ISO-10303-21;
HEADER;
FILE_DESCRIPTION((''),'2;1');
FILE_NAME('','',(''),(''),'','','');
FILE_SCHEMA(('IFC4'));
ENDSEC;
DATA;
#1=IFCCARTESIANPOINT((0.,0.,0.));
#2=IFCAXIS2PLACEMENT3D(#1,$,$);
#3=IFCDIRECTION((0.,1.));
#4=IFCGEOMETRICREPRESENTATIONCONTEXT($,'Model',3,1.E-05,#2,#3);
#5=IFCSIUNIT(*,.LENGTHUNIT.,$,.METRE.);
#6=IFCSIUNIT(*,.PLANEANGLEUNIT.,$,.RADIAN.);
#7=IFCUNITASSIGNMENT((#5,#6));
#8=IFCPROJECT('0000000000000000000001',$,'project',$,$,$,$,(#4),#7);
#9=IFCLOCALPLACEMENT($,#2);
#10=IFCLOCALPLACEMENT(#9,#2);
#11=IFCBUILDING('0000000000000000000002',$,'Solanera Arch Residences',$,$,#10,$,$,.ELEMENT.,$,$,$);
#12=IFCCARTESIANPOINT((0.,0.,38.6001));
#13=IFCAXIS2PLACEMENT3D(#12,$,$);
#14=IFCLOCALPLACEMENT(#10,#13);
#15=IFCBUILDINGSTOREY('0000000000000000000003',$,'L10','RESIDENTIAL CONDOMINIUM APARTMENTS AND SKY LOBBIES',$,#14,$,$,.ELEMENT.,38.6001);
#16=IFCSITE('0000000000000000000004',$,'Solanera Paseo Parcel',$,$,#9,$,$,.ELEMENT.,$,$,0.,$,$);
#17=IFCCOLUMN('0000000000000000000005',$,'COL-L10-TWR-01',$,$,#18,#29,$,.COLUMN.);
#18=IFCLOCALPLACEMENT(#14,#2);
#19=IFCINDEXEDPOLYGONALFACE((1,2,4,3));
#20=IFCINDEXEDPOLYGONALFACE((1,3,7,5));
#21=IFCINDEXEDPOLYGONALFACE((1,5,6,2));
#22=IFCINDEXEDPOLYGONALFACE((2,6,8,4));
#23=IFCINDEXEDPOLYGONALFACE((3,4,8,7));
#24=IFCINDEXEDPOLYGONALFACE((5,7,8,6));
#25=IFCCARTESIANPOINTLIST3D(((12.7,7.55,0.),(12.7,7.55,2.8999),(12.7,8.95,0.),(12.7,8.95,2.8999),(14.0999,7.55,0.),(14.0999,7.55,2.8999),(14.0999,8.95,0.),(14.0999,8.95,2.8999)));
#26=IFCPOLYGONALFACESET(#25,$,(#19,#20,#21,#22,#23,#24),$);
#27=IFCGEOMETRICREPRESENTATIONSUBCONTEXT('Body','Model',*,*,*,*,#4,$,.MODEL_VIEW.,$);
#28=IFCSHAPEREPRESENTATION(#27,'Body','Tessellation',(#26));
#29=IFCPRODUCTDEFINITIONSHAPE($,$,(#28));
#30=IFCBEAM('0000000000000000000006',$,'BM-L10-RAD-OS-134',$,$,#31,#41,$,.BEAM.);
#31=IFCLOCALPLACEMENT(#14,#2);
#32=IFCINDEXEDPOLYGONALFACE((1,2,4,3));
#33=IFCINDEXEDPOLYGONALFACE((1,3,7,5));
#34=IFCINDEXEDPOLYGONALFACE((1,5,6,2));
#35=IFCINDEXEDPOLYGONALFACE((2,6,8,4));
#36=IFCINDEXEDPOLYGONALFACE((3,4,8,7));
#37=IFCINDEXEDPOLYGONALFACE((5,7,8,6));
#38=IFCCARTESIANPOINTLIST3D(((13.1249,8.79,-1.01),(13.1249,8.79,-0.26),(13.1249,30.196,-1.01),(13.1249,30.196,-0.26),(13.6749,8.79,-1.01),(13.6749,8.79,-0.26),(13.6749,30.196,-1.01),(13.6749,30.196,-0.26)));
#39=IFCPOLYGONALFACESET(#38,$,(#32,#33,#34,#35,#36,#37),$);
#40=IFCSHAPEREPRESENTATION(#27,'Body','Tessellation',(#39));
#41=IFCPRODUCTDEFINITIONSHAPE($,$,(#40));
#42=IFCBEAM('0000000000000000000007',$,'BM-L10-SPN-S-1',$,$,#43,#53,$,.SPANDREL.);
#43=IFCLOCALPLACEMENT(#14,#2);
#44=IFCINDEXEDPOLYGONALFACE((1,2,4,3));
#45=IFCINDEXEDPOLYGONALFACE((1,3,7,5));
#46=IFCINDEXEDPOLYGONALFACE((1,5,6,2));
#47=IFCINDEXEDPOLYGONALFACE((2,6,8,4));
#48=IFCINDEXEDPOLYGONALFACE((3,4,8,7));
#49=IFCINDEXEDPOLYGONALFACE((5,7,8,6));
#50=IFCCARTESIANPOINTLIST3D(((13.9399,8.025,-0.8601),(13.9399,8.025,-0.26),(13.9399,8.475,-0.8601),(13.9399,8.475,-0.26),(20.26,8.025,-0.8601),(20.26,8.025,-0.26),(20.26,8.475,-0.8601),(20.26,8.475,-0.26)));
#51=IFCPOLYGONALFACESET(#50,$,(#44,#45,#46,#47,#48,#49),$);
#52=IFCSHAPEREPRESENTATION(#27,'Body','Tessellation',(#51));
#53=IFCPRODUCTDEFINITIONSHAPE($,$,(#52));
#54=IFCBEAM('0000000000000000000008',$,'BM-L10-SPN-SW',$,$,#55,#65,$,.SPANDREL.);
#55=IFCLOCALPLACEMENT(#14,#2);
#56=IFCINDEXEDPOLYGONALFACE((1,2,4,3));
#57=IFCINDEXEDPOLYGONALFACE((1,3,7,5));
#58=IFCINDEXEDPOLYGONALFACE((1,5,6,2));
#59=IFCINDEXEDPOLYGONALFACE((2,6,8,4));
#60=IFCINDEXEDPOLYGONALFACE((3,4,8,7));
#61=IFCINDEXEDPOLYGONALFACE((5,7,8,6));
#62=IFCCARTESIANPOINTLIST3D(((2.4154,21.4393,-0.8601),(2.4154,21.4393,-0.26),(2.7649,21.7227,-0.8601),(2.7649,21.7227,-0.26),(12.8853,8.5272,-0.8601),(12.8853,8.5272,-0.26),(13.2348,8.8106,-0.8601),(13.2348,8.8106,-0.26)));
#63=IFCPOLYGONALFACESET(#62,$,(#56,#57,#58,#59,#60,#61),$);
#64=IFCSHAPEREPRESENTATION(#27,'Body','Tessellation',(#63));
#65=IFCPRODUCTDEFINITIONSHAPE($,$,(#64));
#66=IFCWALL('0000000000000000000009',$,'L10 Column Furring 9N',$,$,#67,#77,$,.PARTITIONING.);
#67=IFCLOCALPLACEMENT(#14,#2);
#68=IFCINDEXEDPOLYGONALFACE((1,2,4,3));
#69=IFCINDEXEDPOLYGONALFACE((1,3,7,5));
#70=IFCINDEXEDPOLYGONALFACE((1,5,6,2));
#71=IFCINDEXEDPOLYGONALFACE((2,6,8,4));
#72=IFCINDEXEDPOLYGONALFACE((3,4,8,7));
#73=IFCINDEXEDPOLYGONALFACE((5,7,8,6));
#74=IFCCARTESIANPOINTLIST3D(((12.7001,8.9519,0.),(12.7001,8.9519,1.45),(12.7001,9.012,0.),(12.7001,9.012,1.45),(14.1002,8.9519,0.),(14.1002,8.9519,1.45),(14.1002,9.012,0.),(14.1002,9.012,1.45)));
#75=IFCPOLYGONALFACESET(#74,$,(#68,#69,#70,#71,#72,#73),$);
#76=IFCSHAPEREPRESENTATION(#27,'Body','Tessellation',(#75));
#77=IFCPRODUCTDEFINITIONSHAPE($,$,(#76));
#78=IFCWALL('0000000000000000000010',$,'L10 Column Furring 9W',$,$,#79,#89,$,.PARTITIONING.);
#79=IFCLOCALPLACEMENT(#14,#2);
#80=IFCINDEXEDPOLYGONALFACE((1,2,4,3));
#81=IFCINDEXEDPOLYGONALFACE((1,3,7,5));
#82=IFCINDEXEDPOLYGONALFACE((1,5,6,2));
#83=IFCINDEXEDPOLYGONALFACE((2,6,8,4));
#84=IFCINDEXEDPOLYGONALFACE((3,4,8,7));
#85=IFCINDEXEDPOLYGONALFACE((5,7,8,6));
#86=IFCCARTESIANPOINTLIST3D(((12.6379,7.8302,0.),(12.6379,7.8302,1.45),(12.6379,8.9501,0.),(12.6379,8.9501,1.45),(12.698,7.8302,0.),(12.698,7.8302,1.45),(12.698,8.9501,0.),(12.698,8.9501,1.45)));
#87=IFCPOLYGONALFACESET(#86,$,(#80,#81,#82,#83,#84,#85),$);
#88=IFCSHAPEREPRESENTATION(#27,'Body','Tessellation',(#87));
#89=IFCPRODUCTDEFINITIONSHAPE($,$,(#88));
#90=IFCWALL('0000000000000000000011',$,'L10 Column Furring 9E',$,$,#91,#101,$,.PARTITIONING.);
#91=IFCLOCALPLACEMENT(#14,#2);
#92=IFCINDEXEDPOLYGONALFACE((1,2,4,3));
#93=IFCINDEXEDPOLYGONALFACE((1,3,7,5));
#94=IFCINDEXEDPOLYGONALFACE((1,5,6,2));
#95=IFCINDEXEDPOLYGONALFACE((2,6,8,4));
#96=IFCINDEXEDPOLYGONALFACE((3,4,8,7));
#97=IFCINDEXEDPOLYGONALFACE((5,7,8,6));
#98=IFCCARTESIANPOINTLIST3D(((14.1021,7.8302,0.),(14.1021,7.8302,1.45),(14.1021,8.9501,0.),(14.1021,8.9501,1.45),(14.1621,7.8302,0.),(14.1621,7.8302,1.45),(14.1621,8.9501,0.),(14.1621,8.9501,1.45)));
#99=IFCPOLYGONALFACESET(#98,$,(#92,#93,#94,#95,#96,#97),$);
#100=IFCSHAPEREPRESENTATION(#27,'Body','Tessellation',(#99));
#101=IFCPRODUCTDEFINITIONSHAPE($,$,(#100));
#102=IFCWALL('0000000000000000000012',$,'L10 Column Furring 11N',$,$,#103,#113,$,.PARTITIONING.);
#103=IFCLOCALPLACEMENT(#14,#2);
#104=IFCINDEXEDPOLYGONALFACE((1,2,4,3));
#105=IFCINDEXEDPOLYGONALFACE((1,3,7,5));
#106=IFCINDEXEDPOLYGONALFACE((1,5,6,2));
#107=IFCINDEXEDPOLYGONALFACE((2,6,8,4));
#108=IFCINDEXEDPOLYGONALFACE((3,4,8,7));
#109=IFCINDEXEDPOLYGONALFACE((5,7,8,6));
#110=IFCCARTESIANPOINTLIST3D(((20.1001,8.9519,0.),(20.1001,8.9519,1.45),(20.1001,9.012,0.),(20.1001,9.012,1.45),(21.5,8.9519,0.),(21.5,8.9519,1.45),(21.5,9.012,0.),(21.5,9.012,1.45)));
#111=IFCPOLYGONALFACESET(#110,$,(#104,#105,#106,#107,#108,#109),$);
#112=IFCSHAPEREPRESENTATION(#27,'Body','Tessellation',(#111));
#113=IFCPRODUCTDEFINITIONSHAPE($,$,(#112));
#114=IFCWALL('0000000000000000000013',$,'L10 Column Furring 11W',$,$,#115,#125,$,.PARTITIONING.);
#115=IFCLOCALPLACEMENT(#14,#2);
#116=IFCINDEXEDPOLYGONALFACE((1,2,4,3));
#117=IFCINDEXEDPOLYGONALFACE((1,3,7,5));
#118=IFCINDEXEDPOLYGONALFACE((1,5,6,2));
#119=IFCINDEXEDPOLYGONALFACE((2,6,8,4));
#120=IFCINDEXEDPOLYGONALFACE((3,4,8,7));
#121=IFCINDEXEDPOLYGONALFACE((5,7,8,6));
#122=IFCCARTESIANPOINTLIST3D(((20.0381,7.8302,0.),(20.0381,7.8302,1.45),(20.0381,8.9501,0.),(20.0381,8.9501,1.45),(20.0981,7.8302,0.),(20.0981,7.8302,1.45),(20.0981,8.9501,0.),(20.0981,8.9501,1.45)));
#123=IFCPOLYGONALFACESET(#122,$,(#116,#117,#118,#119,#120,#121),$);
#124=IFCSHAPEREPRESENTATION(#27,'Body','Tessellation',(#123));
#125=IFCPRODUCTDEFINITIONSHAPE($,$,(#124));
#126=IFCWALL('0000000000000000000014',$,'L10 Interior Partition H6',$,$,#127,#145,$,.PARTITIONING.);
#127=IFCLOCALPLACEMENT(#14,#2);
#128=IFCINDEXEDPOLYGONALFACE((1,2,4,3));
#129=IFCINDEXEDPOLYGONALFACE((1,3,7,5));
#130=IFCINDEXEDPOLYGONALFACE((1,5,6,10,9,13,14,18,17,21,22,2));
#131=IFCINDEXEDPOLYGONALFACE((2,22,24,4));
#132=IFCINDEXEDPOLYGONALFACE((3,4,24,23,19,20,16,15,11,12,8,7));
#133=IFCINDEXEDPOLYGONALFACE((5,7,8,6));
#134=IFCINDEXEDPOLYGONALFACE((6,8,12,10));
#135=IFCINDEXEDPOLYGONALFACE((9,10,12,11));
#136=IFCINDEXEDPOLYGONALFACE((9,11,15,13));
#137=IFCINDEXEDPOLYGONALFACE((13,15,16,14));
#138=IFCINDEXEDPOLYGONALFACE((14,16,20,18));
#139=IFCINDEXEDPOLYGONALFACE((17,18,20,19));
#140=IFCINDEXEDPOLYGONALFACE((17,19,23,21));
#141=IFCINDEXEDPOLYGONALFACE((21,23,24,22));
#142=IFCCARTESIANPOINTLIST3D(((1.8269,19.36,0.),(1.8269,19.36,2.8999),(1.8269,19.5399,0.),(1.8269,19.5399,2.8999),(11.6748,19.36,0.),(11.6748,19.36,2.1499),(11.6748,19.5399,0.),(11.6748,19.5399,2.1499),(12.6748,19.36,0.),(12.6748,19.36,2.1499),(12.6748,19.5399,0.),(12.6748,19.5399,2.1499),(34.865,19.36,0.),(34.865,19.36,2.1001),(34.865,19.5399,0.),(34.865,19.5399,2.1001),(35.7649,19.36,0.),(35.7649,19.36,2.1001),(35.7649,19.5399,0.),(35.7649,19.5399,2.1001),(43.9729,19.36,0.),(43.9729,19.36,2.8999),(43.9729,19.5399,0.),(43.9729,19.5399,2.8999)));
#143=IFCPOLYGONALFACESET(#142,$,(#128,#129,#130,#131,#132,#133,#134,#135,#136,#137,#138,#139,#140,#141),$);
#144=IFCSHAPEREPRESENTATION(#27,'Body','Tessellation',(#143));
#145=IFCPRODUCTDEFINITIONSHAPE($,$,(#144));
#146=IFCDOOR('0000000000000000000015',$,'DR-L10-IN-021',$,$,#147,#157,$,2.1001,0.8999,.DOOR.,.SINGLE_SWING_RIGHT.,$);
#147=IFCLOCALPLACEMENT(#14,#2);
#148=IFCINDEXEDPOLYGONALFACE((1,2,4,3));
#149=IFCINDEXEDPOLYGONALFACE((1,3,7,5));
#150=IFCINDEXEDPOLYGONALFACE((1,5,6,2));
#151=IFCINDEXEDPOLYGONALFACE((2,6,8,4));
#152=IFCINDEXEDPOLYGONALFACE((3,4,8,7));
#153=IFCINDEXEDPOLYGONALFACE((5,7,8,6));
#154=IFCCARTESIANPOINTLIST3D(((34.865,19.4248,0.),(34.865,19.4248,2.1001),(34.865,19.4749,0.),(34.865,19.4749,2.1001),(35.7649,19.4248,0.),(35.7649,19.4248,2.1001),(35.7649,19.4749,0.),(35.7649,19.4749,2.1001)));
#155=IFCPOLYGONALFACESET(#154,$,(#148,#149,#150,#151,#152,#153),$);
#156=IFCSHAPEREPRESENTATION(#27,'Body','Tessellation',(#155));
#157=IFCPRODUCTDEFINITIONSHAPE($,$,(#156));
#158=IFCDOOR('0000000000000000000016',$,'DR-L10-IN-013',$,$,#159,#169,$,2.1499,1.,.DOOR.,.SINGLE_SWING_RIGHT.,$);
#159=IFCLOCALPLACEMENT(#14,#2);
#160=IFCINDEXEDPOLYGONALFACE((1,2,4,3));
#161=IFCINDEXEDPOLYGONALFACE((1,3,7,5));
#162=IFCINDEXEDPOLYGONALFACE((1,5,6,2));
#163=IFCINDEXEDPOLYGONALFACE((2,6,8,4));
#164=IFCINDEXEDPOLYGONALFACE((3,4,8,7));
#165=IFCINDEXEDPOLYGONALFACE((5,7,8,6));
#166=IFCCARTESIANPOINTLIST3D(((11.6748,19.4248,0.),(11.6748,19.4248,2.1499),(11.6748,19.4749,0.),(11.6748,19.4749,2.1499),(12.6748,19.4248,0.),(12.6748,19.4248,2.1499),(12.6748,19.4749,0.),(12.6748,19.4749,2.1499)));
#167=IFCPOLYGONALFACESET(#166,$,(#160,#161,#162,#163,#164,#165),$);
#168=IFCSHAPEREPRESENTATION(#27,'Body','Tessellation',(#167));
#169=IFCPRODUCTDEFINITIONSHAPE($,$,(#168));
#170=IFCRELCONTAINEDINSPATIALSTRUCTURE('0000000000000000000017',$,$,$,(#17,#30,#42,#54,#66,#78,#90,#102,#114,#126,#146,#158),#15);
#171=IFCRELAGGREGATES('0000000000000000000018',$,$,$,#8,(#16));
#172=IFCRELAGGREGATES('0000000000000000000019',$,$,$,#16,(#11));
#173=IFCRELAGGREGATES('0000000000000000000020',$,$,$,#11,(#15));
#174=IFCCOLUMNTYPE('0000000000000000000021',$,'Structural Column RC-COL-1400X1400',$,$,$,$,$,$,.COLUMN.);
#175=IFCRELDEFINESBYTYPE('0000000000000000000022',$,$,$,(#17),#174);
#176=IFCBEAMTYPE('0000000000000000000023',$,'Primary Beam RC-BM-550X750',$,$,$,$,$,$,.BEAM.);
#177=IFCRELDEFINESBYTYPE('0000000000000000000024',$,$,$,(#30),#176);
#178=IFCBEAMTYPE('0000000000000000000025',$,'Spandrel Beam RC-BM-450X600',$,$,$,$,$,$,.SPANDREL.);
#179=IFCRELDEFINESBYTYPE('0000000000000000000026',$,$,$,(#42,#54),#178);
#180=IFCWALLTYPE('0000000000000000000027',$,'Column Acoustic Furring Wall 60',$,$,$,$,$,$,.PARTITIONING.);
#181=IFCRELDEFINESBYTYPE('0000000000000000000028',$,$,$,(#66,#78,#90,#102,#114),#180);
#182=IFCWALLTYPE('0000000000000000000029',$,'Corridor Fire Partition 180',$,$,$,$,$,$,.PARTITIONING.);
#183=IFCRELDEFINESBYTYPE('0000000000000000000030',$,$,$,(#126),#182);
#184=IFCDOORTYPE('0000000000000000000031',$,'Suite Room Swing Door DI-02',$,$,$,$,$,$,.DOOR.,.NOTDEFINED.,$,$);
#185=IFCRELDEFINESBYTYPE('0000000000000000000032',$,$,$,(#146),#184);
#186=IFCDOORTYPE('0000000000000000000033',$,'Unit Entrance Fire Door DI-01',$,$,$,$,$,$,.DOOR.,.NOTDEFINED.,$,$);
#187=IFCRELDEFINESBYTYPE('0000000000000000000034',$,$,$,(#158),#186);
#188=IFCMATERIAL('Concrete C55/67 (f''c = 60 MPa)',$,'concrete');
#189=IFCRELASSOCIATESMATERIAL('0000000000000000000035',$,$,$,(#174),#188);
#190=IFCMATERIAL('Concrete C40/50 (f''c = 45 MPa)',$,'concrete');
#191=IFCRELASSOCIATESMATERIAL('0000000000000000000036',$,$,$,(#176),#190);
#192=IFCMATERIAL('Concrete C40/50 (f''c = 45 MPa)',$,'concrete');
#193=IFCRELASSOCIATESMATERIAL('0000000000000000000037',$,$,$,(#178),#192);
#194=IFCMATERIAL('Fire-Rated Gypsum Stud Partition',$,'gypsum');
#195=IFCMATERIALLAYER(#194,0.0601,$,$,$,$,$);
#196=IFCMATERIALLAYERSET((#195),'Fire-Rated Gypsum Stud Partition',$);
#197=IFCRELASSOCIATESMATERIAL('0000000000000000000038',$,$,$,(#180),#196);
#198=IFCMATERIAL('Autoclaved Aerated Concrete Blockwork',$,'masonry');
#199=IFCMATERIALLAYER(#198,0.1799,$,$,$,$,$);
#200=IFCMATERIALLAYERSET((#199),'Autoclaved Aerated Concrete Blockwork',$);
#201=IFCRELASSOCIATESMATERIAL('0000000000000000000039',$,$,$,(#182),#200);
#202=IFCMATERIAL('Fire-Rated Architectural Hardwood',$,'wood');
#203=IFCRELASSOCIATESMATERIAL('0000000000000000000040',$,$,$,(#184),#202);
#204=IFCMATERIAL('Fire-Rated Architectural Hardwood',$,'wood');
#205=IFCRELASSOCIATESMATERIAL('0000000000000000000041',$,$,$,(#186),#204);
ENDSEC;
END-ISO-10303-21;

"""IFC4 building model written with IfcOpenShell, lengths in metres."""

from ifc_helpers import new_model, si_unit, direction, frame, frame_2d, origin, origin_2d, place, context, subcontext, project, spatial, rectangle, extrude, material, layer, layer_set, material_profile, profile_set, type_object, element, fill, save


model = new_model("IFC4")

# Units and contexts
model_context = context("Model", 3, precision=1e-05, world=origin(), true_north=direction((0.0, 1.0)))
body_context = subcontext(model_context, "Body", "Model", "MODEL_VIEW")
ifc_project = project(units=[si_unit("LENGTHUNIT", "METRE"), si_unit("PLANEANGLEUNIT", "RADIAN")], contexts=[model_context])

# Site, building, storey
site_placement = place(None, origin())
site = spatial("IfcSite", under=ifc_project, at=site_placement, Name="Solanera Paseo Parcel", CompositionType="ELEMENT", RefElevation=0.0)
building_placement = place(site_placement, origin())
building = spatial("IfcBuilding", under=site, at=building_placement, Name="Solanera Arch Residences", CompositionType="ELEMENT")
storey_placement = place(building_placement, frame((0.0, 0.0, 38.6001)))
storey = spatial("IfcBuildingStorey", under=building, at=storey_placement, Name="L10", Description="RESIDENTIAL CONDOMINIUM APARTMENTS AND SKY LOBBIES", CompositionType="ELEMENT", Elevation=38.6001)

# Column
ifc_material_1 = material(Name="Concrete C55/67 (f'c = 60 MPa)", Category="concrete")
ifc_material_profile_1 = material_profile(ifc_material_1, rectangle(XDim=1.3999, YDim=1.3999, at=origin_2d()))
ifc_profile_set_1 = profile_set([ifc_material_profile_1], Name="Concrete C55/67 (f'c = 60 MPa)")
column_type = type_object("IfcColumnType", Name="Structural Column RC-COL-1400X1400", PredefinedType="COLUMN", material=ifc_profile_set_1)
column_placement = place(storey_placement, frame((13.3999, 8.25, 0.0), z_axis=(0.0, 0.0, 1.0), x_axis=(1.0, 0.0, 0.0)))
element("IfcColumn", 1, at=column_placement, inside=storey, type_object=column_type, Name="COL-L10-TWR-01", PredefinedType="COLUMN", context=body_context, shape_type="SweptSolid", body=[
    extrude(rectangle(XDim=1.3999, YDim=1.3999, at=origin_2d()), origin(), (0.0, 0.0, 1.0), 2.8999),
])

# Beams
ifc_material_2 = material(Name="Concrete C40/50 (f'c = 45 MPa)", Category="concrete")
ifc_material_profile_2 = material_profile(ifc_material_2, rectangle(XDim=0.55, YDim=0.75, at=origin_2d()))
ifc_profile_set_2 = profile_set([ifc_material_profile_2], Name="Concrete C40/50 (f'c = 45 MPa)")
beam_type_1 = type_object("IfcBeamType", Name="Primary Beam RC-BM-550X750", PredefinedType="BEAM", material=ifc_profile_set_2)
beam_1_placement = place(storey_placement, frame((13.3999, 8.79, -0.635), z_axis=(0.0, 1.0, 0.0), x_axis=(-1.0, 0.0, 0.0)))
element("IfcBeam", 2, at=beam_1_placement, inside=storey, type_object=beam_type_1, Name="BM-L10-RAD-OS-134", PredefinedType="BEAM", context=body_context, shape_type="SweptSolid", body=[
    extrude(rectangle(XDim=0.55, YDim=0.75, at=origin_2d()), origin(), (0.0, 0.0, 1.0), 21.406),
])
ifc_material_3 = material(Name="Concrete C40/50 (f'c = 45 MPa)", Category="concrete")
ifc_material_profile_3 = material_profile(ifc_material_3, rectangle(XDim=0.45, YDim=0.6001, at=origin_2d()))
ifc_profile_set_3 = profile_set([ifc_material_profile_3], Name="Concrete C40/50 (f'c = 45 MPa)")
beam_type_2 = type_object("IfcBeamType", Name="Spandrel Beam RC-BM-450X600", PredefinedType="SPANDREL", material=ifc_profile_set_3)
beam_2_placement = place(storey_placement, frame((13.9399, 8.25, -0.5601), z_axis=(1.0, 0.0, 0.0), x_axis=(0.0, 1.0, 0.0)))
element("IfcBeam", 3, at=beam_2_placement, inside=storey, type_object=beam_type_2, Name="BM-L10-SPN-S-1", PredefinedType="SPANDREL", context=body_context, shape_type="SweptSolid", body=[
    extrude(rectangle(XDim=0.45, YDim=0.6001, at=origin_2d()), origin(), (0.0, 0.0, 1.0), 6.3201),
])
beam_3_placement = place(storey_placement, frame((13.0601, 8.6689, -0.5601), z_axis=(-0.629827, 0.776735, 0.0), x_axis=(-0.776735, -0.629827, 0.0)))
element("IfcBeam", 4, at=beam_3_placement, inside=storey, type_object=beam_type_2, Name="BM-L10-SPN-SW", PredefinedType="SPANDREL", context=body_context, shape_type="SweptSolid", body=[
    extrude(rectangle(XDim=0.45, YDim=0.6001, at=origin_2d()), origin(), (0.0, 0.0, 1.0), 16.6235),
])

# Walls
ifc_material_4 = material(Name="Fire-Rated Gypsum Stud Partition", Category="gypsum")
ifc_layer_1 = layer(ifc_material_4, 0.0601)
ifc_layer_set_1 = layer_set([ifc_layer_1], Name="Fire-Rated Gypsum Stud Partition")
wall_type_1 = type_object("IfcWallType", Name="Column Acoustic Furring Wall 60", PredefinedType="PARTITIONING", material=ifc_layer_set_1)
wall_1_placement = place(storey_placement, frame((12.7, 8.9819, 0.0), z_axis=(0.0, 0.0, 1.0), x_axis=(1.0, 0.0, 0.0)))
element("IfcWall", 5, at=wall_1_placement, inside=storey, type_object=wall_type_1, Name="L10 Column Furring 9N", PredefinedType="PARTITIONING", context=body_context, shape_type="SweptSolid", body=[
    extrude(rectangle(XDim=1.4001, YDim=0.0601, at=frame_2d((0.7002, 0.0))), origin(), (0.0, 0.0, 1.0), 1.45),
])
for number, where, z_axis, x_axis, name in (
    (6, (12.668, 7.8301, 0.0), (0.0, 0.0, 1.0), (0.0, 1.0, 0.0), "L10 Column Furring 9W"),
    (7, (14.1321, 7.8301, 0.0), (0.0, 0.0, 1.0), (0.0, 1.0, 0.0), "L10 Column Furring 9E"),
):
    element("IfcWall", number, at=place(storey_placement, frame(where, z_axis=z_axis, x_axis=x_axis)), inside=storey, type_object=wall_type_1, Name=name, PredefinedType="PARTITIONING", context=body_context, shape_type="SweptSolid", body=[
        extrude(rectangle(XDim=1.1199, YDim=0.0601, at=frame_2d((0.5601, 0.0))), origin(), (0.0, 0.0, 1.0), 1.45),
    ])
wall_2_placement = place(storey_placement, frame((20.1001, 8.9819, 0.0), z_axis=(0.0, 0.0, 1.0), x_axis=(1.0, 0.0, 0.0)))
element("IfcWall", 8, at=wall_2_placement, inside=storey, type_object=wall_type_1, Name="L10 Column Furring 11N", PredefinedType="PARTITIONING", context=body_context, shape_type="SweptSolid", body=[
    extrude(rectangle(XDim=1.3999, YDim=0.0601, at=frame_2d((0.7, 0.0))), origin(), (0.0, 0.0, 1.0), 1.45),
])
wall_3_placement = place(storey_placement, frame((20.0681, 7.8301, 0.0), z_axis=(0.0, 0.0, 1.0), x_axis=(0.0, 1.0, 0.0)))
element("IfcWall", 9, at=wall_3_placement, inside=storey, type_object=wall_type_1, Name="L10 Column Furring 11W", PredefinedType="PARTITIONING", context=body_context, shape_type="SweptSolid", body=[
    extrude(rectangle(XDim=1.1199, YDim=0.0601, at=frame_2d((0.5601, 0.0))), origin(), (0.0, 0.0, 1.0), 1.45),
])

# Wall, openings, doors
ifc_material_5 = material(Name="Autoclaved Aerated Concrete Blockwork", Category="masonry")
ifc_layer_2 = layer(ifc_material_5, 0.1799)
ifc_layer_set_2 = layer_set([ifc_layer_2], Name="Autoclaved Aerated Concrete Blockwork")
wall_type_2 = type_object("IfcWallType", Name="Corridor Fire Partition 180", PredefinedType="PARTITIONING", material=ifc_layer_set_2)
wall_4_placement = place(storey_placement, frame((1.8269, 19.45, 0.0), z_axis=(0.0, 0.0, 1.0), x_axis=(1.0, 0.0, 0.0)))
wall_4 = element("IfcWall", 10, at=wall_4_placement, inside=storey, type_object=wall_type_2, Name="L10 Interior Partition H6", PredefinedType="PARTITIONING", context=body_context, shape_type="SweptSolid", body=[
    extrude(rectangle(XDim=42.146, YDim=0.1799, at=frame_2d((21.073, 0.0))), origin(), (0.0, 0.0, 1.0), 2.8999),
])
opening_1_placement = place(wall_4_placement, frame((9.8479, 0.0, 0.0)))
opening_1 = element("IfcOpeningElement", 11, at=opening_1_placement, cuts=wall_4, PredefinedType="OPENING", context=body_context, shape_type="SweptSolid", body=[
    extrude(rectangle(XDim=1.0, YDim=2.1499, at=frame_2d((0.5, 1.075))), frame((0.0, 0.1001, 0.0), z_axis=(0.0, -1.0, 0.0), x_axis=(1.0, 0.0, 0.0)), (0.0, 0.0, 1.0), 0.1999),
])
opening_2_placement = place(wall_4_placement, frame((33.0381, 0.0, 0.0)))
opening_2 = element("IfcOpeningElement", 12, at=opening_2_placement, cuts=wall_4, PredefinedType="OPENING", context=body_context, shape_type="SweptSolid", body=[
    extrude(rectangle(XDim=0.8999, YDim=2.1001, at=frame_2d((0.45, 1.05))), frame((0.0, 0.1001, 0.0), z_axis=(0.0, -1.0, 0.0), x_axis=(1.0, 0.0, 0.0)), (0.0, 0.0, 1.0), 0.1999),
])
ifc_material_6 = material(Name="Fire-Rated Architectural Hardwood", Category="wood")
door_type_1 = type_object("IfcDoorType", Name="Suite Room Swing Door DI-02", OperationType="NOTDEFINED", PredefinedType="DOOR", material=ifc_material_6)
door_1_placement = place(opening_2_placement, origin())
door_1 = element("IfcDoor", 13, at=door_1_placement, inside=storey, type_object=door_type_1, Name="DR-L10-IN-021", OperationType="SINGLE_SWING_RIGHT", OverallHeight=2.1001, OverallWidth=0.8999, PredefinedType="DOOR", context=body_context, shape_type="SweptSolid", body=[
    extrude(rectangle(XDim=0.8999, YDim=2.1001, at=frame_2d((0.45, 1.05))), frame((0.0, 0.0249, 0.0), z_axis=(0.0, -1.0, 0.0), x_axis=(1.0, 0.0, 0.0)), (0.0, 0.0, 1.0), 0.05),
])
fill(opening_2, door_1)
ifc_material_7 = material(Name="Fire-Rated Architectural Hardwood", Category="wood")
door_type_2 = type_object("IfcDoorType", Name="Unit Entrance Fire Door DI-01", OperationType="NOTDEFINED", PredefinedType="DOOR", material=ifc_material_7)
door_2_placement = place(opening_1_placement, origin())
door_2 = element("IfcDoor", 14, at=door_2_placement, inside=storey, type_object=door_type_2, Name="DR-L10-IN-013", OperationType="SINGLE_SWING_RIGHT", OverallHeight=2.1499, OverallWidth=1.0, PredefinedType="DOOR", context=body_context, shape_type="SweptSolid", body=[
    extrude(rectangle(XDim=1.0, YDim=2.1499, at=frame_2d((0.5, 1.075))), frame((0.0, 0.0249, 0.0), z_axis=(0.0, -1.0, 0.0), x_axis=(1.0, 0.0, 0.0)), (0.0, 0.0, 1.0), 0.05),
])
fill(opening_1, door_2)

save(model, "model.ifc")
